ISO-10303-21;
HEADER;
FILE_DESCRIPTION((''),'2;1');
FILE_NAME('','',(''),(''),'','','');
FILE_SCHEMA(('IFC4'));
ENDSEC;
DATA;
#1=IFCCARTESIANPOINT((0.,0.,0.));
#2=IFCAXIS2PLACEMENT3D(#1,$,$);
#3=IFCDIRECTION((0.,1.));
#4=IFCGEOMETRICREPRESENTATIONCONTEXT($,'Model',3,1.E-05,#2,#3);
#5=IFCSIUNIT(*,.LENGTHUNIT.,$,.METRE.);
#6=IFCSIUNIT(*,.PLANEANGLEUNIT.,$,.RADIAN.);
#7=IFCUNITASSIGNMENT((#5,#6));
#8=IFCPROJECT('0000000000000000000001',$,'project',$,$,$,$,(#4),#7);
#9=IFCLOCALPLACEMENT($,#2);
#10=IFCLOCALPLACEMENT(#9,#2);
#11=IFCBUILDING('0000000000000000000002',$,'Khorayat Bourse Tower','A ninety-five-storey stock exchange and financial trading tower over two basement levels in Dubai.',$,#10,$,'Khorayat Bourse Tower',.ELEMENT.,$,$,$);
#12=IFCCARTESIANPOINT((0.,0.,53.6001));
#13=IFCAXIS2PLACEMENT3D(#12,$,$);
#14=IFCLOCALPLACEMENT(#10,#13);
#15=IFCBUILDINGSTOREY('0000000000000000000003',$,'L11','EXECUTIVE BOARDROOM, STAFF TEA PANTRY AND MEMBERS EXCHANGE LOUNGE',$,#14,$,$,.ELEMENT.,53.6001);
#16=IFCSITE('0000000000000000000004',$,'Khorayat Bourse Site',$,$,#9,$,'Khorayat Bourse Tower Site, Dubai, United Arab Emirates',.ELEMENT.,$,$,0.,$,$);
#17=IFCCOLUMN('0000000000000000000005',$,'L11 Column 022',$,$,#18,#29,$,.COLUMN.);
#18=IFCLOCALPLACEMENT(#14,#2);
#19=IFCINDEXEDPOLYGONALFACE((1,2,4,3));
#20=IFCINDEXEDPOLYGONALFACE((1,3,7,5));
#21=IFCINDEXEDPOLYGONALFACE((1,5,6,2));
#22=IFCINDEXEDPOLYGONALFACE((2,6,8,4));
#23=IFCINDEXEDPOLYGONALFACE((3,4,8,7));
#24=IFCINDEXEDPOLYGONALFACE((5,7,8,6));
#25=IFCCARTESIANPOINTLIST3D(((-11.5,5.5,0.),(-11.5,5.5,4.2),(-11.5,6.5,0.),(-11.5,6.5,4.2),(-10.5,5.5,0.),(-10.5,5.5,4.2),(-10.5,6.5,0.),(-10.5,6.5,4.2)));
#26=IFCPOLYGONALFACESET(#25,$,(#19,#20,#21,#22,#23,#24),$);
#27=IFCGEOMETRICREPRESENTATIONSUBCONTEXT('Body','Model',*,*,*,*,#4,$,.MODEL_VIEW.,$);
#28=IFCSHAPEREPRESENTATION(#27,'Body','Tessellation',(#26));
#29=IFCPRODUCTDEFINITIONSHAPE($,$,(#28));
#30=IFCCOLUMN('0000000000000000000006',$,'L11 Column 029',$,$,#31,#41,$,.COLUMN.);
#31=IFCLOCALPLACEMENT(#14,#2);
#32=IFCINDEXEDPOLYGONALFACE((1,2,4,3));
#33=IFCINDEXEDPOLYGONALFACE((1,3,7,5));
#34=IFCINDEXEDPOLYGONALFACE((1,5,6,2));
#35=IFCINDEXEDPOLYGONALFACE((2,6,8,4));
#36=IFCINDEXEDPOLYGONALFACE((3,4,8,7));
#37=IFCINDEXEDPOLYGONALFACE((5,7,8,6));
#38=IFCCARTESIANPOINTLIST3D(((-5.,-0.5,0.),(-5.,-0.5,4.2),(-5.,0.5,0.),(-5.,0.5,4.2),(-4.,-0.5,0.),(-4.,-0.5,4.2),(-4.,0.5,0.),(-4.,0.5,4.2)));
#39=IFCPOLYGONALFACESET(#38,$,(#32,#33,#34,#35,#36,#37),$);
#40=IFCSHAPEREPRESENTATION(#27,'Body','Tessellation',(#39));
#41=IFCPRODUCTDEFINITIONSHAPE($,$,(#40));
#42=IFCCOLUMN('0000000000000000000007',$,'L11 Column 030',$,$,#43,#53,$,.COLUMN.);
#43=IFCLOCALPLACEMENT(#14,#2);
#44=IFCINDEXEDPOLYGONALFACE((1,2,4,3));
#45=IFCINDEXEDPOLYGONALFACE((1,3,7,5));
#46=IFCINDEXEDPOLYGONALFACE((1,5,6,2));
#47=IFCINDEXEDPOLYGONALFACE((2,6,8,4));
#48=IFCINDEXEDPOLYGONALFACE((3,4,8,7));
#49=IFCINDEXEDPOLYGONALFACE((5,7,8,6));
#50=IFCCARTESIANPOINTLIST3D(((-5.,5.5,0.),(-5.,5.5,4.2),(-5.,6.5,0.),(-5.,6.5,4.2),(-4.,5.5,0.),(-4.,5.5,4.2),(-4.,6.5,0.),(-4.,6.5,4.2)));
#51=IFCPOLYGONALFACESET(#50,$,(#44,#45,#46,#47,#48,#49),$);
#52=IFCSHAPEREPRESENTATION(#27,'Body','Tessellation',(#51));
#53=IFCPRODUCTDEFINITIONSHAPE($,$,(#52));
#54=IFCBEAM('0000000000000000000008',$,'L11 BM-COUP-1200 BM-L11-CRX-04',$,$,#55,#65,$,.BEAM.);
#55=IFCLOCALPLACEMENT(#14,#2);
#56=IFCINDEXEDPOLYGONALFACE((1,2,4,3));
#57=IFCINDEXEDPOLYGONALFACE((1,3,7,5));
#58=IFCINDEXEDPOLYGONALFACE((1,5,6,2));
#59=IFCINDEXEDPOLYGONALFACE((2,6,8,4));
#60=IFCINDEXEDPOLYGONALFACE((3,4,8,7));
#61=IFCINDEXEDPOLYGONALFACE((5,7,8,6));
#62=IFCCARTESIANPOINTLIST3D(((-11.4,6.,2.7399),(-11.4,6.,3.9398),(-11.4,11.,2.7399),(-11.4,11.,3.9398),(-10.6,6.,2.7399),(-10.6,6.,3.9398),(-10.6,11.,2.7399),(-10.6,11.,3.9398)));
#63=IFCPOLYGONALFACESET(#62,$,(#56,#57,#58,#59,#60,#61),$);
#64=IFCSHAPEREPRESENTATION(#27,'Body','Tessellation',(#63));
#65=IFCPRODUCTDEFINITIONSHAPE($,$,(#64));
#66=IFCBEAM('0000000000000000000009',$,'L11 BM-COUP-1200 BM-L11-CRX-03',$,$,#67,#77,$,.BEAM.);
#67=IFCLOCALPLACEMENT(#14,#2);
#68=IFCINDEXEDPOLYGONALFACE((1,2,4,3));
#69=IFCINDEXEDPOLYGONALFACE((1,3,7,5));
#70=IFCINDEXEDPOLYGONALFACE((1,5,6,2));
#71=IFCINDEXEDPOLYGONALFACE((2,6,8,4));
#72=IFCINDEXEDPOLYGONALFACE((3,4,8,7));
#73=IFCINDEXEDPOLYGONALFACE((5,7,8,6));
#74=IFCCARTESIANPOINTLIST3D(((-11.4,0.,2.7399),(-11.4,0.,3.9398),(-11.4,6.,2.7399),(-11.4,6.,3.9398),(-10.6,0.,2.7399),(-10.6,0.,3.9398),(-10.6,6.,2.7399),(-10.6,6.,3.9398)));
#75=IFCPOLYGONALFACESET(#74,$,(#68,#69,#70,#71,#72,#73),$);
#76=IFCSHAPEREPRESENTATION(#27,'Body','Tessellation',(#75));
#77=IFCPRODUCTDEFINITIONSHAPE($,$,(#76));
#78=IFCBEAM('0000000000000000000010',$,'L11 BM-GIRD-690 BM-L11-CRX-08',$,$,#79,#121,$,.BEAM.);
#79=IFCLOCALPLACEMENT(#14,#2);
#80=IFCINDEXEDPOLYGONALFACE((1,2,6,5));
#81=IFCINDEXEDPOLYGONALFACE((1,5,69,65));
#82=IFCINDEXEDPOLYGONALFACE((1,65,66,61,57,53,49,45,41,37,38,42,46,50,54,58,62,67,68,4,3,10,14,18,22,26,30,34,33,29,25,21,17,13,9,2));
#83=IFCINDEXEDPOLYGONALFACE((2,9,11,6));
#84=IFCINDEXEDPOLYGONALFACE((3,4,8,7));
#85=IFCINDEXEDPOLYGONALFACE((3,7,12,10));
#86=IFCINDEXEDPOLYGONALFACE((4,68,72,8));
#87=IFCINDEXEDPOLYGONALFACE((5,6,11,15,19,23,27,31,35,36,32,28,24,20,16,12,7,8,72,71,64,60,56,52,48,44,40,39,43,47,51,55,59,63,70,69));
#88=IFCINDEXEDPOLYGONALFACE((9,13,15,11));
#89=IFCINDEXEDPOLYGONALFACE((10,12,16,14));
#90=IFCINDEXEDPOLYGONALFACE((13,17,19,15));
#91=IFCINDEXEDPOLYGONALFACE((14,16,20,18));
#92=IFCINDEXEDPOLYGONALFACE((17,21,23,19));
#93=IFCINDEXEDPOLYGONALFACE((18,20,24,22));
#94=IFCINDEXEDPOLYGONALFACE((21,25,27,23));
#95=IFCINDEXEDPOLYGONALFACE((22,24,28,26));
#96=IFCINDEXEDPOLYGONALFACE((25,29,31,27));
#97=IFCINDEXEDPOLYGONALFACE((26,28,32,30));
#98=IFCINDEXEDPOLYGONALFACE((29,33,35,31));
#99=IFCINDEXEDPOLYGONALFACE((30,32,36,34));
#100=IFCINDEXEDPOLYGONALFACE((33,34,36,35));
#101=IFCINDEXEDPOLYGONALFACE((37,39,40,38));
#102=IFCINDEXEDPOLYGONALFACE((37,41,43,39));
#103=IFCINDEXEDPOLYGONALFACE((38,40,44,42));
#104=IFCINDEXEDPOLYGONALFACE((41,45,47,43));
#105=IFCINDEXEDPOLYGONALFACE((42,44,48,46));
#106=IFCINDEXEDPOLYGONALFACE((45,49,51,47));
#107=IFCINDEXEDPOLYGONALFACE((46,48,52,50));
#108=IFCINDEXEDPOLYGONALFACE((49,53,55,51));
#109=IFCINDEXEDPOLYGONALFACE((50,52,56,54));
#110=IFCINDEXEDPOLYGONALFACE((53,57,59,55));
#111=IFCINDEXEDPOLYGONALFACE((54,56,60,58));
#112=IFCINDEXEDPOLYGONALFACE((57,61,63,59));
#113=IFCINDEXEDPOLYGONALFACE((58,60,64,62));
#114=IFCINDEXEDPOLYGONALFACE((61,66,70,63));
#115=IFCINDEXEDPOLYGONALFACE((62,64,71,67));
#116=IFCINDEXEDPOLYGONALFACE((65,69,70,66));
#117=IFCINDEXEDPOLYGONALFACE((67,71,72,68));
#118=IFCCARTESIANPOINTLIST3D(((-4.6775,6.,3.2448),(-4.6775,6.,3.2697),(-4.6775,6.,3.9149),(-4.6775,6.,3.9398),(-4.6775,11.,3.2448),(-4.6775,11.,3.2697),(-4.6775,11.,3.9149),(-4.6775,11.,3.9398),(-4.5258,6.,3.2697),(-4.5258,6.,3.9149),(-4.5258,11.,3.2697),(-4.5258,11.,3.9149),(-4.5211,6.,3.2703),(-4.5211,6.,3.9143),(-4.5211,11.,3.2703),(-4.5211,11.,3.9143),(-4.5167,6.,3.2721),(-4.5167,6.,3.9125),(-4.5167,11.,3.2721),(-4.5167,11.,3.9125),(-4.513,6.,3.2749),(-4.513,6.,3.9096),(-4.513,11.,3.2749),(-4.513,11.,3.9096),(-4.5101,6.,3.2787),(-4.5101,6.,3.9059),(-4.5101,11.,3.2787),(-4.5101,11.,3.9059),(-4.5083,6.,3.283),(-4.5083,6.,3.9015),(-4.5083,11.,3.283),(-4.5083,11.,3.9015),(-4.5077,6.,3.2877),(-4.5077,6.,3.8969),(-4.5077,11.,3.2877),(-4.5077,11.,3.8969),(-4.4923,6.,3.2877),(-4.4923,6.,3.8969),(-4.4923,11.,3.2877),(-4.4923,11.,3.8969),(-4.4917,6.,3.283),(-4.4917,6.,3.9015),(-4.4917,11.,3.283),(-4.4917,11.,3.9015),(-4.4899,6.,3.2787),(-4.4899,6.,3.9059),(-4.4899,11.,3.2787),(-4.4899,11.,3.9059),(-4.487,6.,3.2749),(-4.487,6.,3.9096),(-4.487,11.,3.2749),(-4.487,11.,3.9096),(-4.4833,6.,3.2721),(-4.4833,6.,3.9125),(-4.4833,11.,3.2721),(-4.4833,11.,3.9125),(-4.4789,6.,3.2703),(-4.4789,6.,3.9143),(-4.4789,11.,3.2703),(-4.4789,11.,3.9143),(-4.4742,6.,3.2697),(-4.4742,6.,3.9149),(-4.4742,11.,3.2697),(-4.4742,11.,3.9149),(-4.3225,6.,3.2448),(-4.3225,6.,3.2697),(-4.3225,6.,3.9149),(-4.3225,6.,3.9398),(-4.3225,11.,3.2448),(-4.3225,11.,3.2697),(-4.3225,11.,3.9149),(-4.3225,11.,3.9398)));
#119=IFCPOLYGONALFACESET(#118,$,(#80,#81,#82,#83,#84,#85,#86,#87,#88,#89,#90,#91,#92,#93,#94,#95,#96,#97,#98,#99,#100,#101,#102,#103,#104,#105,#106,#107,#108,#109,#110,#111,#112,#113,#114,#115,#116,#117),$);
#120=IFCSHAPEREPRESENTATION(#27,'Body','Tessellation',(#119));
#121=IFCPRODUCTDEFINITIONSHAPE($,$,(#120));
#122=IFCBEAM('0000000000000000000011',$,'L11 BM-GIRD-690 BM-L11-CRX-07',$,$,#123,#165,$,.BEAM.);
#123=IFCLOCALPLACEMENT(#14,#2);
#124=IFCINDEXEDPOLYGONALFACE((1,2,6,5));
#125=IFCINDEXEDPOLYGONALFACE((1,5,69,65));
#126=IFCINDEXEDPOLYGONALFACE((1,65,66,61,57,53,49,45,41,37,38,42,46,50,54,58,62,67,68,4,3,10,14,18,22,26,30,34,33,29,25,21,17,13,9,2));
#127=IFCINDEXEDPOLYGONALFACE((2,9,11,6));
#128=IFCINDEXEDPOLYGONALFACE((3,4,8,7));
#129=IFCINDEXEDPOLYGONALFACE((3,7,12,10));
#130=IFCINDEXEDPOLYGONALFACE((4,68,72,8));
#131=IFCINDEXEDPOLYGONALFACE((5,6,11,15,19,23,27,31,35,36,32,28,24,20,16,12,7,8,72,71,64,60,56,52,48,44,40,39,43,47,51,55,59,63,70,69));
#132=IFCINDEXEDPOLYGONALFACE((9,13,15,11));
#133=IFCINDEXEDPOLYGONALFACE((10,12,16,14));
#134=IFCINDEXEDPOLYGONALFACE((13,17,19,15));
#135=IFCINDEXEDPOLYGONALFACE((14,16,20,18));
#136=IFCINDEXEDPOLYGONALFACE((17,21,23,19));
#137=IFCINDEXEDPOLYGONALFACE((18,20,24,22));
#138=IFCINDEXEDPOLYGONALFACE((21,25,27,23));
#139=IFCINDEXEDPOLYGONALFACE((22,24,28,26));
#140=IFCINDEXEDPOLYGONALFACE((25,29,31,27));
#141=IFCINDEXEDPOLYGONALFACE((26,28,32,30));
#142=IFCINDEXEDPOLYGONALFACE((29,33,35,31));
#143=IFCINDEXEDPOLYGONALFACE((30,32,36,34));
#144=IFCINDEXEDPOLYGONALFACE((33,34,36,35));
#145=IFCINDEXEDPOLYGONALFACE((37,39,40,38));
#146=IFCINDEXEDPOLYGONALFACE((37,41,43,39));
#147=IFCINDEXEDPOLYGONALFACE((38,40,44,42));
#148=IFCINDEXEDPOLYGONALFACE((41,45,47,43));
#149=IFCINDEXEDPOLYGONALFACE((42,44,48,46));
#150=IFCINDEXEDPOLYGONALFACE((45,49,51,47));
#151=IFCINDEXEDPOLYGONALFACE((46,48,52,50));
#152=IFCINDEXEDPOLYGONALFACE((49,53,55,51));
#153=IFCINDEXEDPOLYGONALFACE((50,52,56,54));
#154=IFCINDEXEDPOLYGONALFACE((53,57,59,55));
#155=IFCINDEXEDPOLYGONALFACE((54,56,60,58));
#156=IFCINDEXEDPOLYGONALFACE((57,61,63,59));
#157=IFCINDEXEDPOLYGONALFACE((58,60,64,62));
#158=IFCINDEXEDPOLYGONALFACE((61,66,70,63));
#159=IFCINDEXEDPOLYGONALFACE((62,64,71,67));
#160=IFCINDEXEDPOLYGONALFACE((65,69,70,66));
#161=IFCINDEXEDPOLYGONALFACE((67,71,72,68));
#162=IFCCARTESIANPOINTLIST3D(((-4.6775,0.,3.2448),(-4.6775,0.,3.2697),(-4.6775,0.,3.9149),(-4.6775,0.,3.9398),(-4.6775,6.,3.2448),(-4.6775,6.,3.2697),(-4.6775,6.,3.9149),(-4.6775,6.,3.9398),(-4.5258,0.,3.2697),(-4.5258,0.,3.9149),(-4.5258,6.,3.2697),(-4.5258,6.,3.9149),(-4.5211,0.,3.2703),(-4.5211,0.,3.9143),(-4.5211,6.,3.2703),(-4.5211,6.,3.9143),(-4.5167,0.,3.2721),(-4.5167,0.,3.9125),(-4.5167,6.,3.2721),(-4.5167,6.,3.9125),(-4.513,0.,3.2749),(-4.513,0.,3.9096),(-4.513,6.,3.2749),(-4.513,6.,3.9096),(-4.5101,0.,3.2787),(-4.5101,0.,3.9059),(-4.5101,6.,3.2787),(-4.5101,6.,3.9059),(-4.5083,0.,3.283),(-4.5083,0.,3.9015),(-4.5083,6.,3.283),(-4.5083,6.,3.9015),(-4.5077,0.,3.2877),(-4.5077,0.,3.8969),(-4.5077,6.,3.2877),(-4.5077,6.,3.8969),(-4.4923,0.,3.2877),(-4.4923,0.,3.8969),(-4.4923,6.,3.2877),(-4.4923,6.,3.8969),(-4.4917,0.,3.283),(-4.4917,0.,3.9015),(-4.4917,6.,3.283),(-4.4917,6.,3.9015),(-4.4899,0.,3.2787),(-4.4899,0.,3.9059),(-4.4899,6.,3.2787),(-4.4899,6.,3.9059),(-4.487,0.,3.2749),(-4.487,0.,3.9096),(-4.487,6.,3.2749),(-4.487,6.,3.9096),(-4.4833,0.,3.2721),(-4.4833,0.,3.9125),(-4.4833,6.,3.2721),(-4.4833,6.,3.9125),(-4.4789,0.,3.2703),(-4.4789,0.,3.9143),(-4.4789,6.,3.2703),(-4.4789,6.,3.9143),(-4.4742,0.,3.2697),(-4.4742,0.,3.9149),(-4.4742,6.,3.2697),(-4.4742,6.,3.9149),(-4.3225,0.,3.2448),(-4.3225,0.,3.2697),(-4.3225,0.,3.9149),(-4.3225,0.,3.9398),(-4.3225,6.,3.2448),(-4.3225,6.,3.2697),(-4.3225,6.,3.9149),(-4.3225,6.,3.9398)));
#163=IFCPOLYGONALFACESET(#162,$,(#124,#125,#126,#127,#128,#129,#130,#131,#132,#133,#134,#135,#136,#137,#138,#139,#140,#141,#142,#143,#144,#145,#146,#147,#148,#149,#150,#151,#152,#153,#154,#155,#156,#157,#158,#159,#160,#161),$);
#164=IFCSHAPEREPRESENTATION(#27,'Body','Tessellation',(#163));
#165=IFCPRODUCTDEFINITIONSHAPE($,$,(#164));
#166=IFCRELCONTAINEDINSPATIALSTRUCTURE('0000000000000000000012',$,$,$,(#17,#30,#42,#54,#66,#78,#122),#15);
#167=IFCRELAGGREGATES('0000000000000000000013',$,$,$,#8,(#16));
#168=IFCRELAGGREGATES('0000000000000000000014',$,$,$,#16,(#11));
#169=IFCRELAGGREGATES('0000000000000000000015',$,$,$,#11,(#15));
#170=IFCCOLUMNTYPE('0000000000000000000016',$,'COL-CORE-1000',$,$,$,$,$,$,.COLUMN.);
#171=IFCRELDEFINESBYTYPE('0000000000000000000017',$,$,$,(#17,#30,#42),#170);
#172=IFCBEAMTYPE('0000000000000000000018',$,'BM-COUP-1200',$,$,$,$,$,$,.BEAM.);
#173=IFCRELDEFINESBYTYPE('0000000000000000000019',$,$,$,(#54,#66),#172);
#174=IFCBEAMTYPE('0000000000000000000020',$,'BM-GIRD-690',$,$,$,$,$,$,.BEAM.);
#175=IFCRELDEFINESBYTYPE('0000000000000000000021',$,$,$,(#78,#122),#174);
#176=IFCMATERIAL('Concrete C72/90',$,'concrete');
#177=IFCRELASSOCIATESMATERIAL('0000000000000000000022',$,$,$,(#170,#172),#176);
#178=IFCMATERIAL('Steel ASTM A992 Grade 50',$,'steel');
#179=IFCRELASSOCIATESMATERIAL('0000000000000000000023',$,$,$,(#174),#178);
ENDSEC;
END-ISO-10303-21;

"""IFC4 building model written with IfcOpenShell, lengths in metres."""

from ifc_helpers import new_model, si_unit, direction, frame, origin, origin_2d, place, context, subcontext, project, spatial, rectangle, i_section, extrude, source, transform, mapped, material, material_profile, profile_set, type_object, element, save


model = new_model("IFC4")

# Units and contexts
model_context = context("Model", 3, precision=1e-05, world=origin(), true_north=direction((0.0, 1.0)))
body_context = subcontext(model_context, "Body", "Model", "MODEL_VIEW")
ifc_project = project(units=[si_unit("LENGTHUNIT", "METRE"), si_unit("PLANEANGLEUNIT", "RADIAN")], contexts=[model_context])

# Site, building, storey
site_placement = place(None, origin())
site = spatial("IfcSite", under=ifc_project, at=site_placement, Name="Khorayat Bourse Site", LongName="Khorayat Bourse Tower Site, Dubai, United Arab Emirates", CompositionType="ELEMENT", RefElevation=0.0)
building_placement = place(site_placement, origin())
building = spatial("IfcBuilding", under=site, at=building_placement, Name="Khorayat Bourse Tower", Description="A ninety-five-storey stock exchange and financial trading tower over two basement levels in Dubai.", LongName="Khorayat Bourse Tower", CompositionType="ELEMENT")
storey_placement = place(building_placement, frame((0.0, 0.0, 53.6001)))
storey = spatial("IfcBuildingStorey", under=building, at=storey_placement, Name="L11", Description="EXECUTIVE BOARDROOM, STAFF TEA PANTRY AND MEMBERS EXCHANGE LOUNGE", CompositionType="ELEMENT", Elevation=53.6001)

# Columns
ifc_material_1 = material(Name="Concrete C72/90", Category="concrete")
ifc_material_profile_1 = material_profile(ifc_material_1, rectangle(XDim=1.0, YDim=1.0, at=origin_2d()), Name="RC 1000x1000")
ifc_profile_set_1 = profile_set([ifc_material_profile_1], Name="Concrete C72/90")
column_type = type_object("IfcColumnType", Name="COL-CORE-1000", PredefinedType="COLUMN", material=ifc_profile_set_1)
shared_shape_1 = source(origin(), body_context, "Body", "SweptSolid", [
    extrude(rectangle(XDim=1.0, YDim=1.0, at=origin_2d()), origin(), (0.0, 0.0, 1.0), 4.2),
])
for number, where, z_axis, x_axis, name in (
    (1, (-11.0, 6.0, 0.0), (0.0, 0.0, 1.0), (1.0, 0.0, 0.0), "L11 Column 022"),
    (2, (-4.5, 0.0, 0.0), (0.0, 0.0, 1.0), (1.0, 0.0, 0.0), "L11 Column 029"),
    (3, (-4.5, 6.0, 0.0), (0.0, 0.0, 1.0), (1.0, 0.0, 0.0), "L11 Column 030"),
):
    element("IfcColumn", number, at=place(storey_placement, frame(where, z_axis=z_axis, x_axis=x_axis)), inside=storey, type_object=column_type, Name=name, PredefinedType="COLUMN", context=body_context, shape_type="MappedRepresentation", body=[
        mapped(shared_shape_1, transform((0.0, 0.0, 0.0), scale=1.0)),
    ])

# Beams
ifc_material_profile_2 = material_profile(ifc_material_1, rectangle(XDim=0.8, YDim=1.2, at=origin_2d()), Name="RC 800x1200")
ifc_profile_set_2 = profile_set([ifc_material_profile_2], Name="Concrete C72/90")
beam_type_1 = type_object("IfcBeamType", Name="BM-COUP-1200", PredefinedType="BEAM", material=ifc_profile_set_2)
shared_shape_2 = source(origin(), body_context, "Body", "SweptSolid", [
    extrude(rectangle(XDim=0.8, YDim=1.2, at=origin_2d()), origin(), (0.0, 0.0, 1.0), 5.0),
])
beam_1_placement = place(storey_placement, frame((-11.0, 6.0, 3.3398), z_axis=(0.0, 1.0, 0.0), x_axis=(-1.0, 0.0, 0.0)))
element("IfcBeam", 4, at=beam_1_placement, inside=storey, type_object=beam_type_1, Name="L11 BM-COUP-1200 BM-L11-CRX-04", PredefinedType="BEAM", context=body_context, shape_type="MappedRepresentation", body=[
    mapped(shared_shape_2, transform((0.0, 0.0, 0.0), scale=1.0)),
])
shared_shape_3 = source(origin(), body_context, "Body", "SweptSolid", [
    extrude(rectangle(XDim=0.8, YDim=1.2, at=origin_2d()), origin(), (0.0, 0.0, 1.0), 6.0),
])
beam_2_placement = place(storey_placement, frame((-11.0, 0.0, 3.3398), z_axis=(0.0, 1.0, 0.0), x_axis=(-1.0, 0.0, 0.0)))
element("IfcBeam", 5, at=beam_2_placement, inside=storey, type_object=beam_type_1, Name="L11 BM-COUP-1200 BM-L11-CRX-03", PredefinedType="BEAM", context=body_context, shape_type="MappedRepresentation", body=[
    mapped(shared_shape_3, transform((0.0, 0.0, 0.0), scale=1.0)),
])
ifc_material_2 = material(Name="Steel ASTM A992 Grade 50", Category="steel")
ifc_material_profile_3 = material_profile(ifc_material_2, i_section(OverallWidth=0.355, OverallDepth=0.6951, WebThickness=0.0154, FlangeThickness=0.0249, FilletRadius=0.0181, at=origin_2d()), Name="W690X217")
ifc_profile_set_3 = profile_set([ifc_material_profile_3], Name="Steel ASTM A992 Grade 50")
beam_type_2 = type_object("IfcBeamType", Name="BM-GIRD-690", PredefinedType="BEAM", material=ifc_profile_set_3)
shared_shape_4 = source(origin(), body_context, "Body", "SweptSolid", [
    extrude(i_section(OverallWidth=0.355, OverallDepth=0.6951, WebThickness=0.0154, FlangeThickness=0.0249, FilletRadius=0.0181, at=origin_2d()), origin(), (0.0, 0.0, 1.0), 5.0),
])
beam_3_placement = place(storey_placement, frame((-4.5, 6.0, 3.5923), z_axis=(0.0, 1.0, 0.0), x_axis=(-1.0, 0.0, 0.0)))
element("IfcBeam", 6, at=beam_3_placement, inside=storey, type_object=beam_type_2, Name="L11 BM-GIRD-690 BM-L11-CRX-08", PredefinedType="BEAM", context=body_context, shape_type="MappedRepresentation", body=[
    mapped(shared_shape_4, transform((0.0, 0.0, 0.0), scale=1.0)),
])
shared_shape_5 = source(origin(), body_context, "Body", "SweptSolid", [
    extrude(i_section(OverallWidth=0.355, OverallDepth=0.6951, WebThickness=0.0154, FlangeThickness=0.0249, FilletRadius=0.0181, at=origin_2d()), origin(), (0.0, 0.0, 1.0), 6.0),
])
beam_4_placement = place(storey_placement, frame((-4.5, 0.0, 3.5923), z_axis=(0.0, 1.0, 0.0), x_axis=(-1.0, 0.0, 0.0)))
element("IfcBeam", 7, at=beam_4_placement, inside=storey, type_object=beam_type_2, Name="L11 BM-GIRD-690 BM-L11-CRX-07", PredefinedType="BEAM", context=body_context, shape_type="MappedRepresentation", body=[
    mapped(shared_shape_5, transform((0.0, 0.0, 0.0), scale=1.0)),
])

save(model, "model.ifc")
